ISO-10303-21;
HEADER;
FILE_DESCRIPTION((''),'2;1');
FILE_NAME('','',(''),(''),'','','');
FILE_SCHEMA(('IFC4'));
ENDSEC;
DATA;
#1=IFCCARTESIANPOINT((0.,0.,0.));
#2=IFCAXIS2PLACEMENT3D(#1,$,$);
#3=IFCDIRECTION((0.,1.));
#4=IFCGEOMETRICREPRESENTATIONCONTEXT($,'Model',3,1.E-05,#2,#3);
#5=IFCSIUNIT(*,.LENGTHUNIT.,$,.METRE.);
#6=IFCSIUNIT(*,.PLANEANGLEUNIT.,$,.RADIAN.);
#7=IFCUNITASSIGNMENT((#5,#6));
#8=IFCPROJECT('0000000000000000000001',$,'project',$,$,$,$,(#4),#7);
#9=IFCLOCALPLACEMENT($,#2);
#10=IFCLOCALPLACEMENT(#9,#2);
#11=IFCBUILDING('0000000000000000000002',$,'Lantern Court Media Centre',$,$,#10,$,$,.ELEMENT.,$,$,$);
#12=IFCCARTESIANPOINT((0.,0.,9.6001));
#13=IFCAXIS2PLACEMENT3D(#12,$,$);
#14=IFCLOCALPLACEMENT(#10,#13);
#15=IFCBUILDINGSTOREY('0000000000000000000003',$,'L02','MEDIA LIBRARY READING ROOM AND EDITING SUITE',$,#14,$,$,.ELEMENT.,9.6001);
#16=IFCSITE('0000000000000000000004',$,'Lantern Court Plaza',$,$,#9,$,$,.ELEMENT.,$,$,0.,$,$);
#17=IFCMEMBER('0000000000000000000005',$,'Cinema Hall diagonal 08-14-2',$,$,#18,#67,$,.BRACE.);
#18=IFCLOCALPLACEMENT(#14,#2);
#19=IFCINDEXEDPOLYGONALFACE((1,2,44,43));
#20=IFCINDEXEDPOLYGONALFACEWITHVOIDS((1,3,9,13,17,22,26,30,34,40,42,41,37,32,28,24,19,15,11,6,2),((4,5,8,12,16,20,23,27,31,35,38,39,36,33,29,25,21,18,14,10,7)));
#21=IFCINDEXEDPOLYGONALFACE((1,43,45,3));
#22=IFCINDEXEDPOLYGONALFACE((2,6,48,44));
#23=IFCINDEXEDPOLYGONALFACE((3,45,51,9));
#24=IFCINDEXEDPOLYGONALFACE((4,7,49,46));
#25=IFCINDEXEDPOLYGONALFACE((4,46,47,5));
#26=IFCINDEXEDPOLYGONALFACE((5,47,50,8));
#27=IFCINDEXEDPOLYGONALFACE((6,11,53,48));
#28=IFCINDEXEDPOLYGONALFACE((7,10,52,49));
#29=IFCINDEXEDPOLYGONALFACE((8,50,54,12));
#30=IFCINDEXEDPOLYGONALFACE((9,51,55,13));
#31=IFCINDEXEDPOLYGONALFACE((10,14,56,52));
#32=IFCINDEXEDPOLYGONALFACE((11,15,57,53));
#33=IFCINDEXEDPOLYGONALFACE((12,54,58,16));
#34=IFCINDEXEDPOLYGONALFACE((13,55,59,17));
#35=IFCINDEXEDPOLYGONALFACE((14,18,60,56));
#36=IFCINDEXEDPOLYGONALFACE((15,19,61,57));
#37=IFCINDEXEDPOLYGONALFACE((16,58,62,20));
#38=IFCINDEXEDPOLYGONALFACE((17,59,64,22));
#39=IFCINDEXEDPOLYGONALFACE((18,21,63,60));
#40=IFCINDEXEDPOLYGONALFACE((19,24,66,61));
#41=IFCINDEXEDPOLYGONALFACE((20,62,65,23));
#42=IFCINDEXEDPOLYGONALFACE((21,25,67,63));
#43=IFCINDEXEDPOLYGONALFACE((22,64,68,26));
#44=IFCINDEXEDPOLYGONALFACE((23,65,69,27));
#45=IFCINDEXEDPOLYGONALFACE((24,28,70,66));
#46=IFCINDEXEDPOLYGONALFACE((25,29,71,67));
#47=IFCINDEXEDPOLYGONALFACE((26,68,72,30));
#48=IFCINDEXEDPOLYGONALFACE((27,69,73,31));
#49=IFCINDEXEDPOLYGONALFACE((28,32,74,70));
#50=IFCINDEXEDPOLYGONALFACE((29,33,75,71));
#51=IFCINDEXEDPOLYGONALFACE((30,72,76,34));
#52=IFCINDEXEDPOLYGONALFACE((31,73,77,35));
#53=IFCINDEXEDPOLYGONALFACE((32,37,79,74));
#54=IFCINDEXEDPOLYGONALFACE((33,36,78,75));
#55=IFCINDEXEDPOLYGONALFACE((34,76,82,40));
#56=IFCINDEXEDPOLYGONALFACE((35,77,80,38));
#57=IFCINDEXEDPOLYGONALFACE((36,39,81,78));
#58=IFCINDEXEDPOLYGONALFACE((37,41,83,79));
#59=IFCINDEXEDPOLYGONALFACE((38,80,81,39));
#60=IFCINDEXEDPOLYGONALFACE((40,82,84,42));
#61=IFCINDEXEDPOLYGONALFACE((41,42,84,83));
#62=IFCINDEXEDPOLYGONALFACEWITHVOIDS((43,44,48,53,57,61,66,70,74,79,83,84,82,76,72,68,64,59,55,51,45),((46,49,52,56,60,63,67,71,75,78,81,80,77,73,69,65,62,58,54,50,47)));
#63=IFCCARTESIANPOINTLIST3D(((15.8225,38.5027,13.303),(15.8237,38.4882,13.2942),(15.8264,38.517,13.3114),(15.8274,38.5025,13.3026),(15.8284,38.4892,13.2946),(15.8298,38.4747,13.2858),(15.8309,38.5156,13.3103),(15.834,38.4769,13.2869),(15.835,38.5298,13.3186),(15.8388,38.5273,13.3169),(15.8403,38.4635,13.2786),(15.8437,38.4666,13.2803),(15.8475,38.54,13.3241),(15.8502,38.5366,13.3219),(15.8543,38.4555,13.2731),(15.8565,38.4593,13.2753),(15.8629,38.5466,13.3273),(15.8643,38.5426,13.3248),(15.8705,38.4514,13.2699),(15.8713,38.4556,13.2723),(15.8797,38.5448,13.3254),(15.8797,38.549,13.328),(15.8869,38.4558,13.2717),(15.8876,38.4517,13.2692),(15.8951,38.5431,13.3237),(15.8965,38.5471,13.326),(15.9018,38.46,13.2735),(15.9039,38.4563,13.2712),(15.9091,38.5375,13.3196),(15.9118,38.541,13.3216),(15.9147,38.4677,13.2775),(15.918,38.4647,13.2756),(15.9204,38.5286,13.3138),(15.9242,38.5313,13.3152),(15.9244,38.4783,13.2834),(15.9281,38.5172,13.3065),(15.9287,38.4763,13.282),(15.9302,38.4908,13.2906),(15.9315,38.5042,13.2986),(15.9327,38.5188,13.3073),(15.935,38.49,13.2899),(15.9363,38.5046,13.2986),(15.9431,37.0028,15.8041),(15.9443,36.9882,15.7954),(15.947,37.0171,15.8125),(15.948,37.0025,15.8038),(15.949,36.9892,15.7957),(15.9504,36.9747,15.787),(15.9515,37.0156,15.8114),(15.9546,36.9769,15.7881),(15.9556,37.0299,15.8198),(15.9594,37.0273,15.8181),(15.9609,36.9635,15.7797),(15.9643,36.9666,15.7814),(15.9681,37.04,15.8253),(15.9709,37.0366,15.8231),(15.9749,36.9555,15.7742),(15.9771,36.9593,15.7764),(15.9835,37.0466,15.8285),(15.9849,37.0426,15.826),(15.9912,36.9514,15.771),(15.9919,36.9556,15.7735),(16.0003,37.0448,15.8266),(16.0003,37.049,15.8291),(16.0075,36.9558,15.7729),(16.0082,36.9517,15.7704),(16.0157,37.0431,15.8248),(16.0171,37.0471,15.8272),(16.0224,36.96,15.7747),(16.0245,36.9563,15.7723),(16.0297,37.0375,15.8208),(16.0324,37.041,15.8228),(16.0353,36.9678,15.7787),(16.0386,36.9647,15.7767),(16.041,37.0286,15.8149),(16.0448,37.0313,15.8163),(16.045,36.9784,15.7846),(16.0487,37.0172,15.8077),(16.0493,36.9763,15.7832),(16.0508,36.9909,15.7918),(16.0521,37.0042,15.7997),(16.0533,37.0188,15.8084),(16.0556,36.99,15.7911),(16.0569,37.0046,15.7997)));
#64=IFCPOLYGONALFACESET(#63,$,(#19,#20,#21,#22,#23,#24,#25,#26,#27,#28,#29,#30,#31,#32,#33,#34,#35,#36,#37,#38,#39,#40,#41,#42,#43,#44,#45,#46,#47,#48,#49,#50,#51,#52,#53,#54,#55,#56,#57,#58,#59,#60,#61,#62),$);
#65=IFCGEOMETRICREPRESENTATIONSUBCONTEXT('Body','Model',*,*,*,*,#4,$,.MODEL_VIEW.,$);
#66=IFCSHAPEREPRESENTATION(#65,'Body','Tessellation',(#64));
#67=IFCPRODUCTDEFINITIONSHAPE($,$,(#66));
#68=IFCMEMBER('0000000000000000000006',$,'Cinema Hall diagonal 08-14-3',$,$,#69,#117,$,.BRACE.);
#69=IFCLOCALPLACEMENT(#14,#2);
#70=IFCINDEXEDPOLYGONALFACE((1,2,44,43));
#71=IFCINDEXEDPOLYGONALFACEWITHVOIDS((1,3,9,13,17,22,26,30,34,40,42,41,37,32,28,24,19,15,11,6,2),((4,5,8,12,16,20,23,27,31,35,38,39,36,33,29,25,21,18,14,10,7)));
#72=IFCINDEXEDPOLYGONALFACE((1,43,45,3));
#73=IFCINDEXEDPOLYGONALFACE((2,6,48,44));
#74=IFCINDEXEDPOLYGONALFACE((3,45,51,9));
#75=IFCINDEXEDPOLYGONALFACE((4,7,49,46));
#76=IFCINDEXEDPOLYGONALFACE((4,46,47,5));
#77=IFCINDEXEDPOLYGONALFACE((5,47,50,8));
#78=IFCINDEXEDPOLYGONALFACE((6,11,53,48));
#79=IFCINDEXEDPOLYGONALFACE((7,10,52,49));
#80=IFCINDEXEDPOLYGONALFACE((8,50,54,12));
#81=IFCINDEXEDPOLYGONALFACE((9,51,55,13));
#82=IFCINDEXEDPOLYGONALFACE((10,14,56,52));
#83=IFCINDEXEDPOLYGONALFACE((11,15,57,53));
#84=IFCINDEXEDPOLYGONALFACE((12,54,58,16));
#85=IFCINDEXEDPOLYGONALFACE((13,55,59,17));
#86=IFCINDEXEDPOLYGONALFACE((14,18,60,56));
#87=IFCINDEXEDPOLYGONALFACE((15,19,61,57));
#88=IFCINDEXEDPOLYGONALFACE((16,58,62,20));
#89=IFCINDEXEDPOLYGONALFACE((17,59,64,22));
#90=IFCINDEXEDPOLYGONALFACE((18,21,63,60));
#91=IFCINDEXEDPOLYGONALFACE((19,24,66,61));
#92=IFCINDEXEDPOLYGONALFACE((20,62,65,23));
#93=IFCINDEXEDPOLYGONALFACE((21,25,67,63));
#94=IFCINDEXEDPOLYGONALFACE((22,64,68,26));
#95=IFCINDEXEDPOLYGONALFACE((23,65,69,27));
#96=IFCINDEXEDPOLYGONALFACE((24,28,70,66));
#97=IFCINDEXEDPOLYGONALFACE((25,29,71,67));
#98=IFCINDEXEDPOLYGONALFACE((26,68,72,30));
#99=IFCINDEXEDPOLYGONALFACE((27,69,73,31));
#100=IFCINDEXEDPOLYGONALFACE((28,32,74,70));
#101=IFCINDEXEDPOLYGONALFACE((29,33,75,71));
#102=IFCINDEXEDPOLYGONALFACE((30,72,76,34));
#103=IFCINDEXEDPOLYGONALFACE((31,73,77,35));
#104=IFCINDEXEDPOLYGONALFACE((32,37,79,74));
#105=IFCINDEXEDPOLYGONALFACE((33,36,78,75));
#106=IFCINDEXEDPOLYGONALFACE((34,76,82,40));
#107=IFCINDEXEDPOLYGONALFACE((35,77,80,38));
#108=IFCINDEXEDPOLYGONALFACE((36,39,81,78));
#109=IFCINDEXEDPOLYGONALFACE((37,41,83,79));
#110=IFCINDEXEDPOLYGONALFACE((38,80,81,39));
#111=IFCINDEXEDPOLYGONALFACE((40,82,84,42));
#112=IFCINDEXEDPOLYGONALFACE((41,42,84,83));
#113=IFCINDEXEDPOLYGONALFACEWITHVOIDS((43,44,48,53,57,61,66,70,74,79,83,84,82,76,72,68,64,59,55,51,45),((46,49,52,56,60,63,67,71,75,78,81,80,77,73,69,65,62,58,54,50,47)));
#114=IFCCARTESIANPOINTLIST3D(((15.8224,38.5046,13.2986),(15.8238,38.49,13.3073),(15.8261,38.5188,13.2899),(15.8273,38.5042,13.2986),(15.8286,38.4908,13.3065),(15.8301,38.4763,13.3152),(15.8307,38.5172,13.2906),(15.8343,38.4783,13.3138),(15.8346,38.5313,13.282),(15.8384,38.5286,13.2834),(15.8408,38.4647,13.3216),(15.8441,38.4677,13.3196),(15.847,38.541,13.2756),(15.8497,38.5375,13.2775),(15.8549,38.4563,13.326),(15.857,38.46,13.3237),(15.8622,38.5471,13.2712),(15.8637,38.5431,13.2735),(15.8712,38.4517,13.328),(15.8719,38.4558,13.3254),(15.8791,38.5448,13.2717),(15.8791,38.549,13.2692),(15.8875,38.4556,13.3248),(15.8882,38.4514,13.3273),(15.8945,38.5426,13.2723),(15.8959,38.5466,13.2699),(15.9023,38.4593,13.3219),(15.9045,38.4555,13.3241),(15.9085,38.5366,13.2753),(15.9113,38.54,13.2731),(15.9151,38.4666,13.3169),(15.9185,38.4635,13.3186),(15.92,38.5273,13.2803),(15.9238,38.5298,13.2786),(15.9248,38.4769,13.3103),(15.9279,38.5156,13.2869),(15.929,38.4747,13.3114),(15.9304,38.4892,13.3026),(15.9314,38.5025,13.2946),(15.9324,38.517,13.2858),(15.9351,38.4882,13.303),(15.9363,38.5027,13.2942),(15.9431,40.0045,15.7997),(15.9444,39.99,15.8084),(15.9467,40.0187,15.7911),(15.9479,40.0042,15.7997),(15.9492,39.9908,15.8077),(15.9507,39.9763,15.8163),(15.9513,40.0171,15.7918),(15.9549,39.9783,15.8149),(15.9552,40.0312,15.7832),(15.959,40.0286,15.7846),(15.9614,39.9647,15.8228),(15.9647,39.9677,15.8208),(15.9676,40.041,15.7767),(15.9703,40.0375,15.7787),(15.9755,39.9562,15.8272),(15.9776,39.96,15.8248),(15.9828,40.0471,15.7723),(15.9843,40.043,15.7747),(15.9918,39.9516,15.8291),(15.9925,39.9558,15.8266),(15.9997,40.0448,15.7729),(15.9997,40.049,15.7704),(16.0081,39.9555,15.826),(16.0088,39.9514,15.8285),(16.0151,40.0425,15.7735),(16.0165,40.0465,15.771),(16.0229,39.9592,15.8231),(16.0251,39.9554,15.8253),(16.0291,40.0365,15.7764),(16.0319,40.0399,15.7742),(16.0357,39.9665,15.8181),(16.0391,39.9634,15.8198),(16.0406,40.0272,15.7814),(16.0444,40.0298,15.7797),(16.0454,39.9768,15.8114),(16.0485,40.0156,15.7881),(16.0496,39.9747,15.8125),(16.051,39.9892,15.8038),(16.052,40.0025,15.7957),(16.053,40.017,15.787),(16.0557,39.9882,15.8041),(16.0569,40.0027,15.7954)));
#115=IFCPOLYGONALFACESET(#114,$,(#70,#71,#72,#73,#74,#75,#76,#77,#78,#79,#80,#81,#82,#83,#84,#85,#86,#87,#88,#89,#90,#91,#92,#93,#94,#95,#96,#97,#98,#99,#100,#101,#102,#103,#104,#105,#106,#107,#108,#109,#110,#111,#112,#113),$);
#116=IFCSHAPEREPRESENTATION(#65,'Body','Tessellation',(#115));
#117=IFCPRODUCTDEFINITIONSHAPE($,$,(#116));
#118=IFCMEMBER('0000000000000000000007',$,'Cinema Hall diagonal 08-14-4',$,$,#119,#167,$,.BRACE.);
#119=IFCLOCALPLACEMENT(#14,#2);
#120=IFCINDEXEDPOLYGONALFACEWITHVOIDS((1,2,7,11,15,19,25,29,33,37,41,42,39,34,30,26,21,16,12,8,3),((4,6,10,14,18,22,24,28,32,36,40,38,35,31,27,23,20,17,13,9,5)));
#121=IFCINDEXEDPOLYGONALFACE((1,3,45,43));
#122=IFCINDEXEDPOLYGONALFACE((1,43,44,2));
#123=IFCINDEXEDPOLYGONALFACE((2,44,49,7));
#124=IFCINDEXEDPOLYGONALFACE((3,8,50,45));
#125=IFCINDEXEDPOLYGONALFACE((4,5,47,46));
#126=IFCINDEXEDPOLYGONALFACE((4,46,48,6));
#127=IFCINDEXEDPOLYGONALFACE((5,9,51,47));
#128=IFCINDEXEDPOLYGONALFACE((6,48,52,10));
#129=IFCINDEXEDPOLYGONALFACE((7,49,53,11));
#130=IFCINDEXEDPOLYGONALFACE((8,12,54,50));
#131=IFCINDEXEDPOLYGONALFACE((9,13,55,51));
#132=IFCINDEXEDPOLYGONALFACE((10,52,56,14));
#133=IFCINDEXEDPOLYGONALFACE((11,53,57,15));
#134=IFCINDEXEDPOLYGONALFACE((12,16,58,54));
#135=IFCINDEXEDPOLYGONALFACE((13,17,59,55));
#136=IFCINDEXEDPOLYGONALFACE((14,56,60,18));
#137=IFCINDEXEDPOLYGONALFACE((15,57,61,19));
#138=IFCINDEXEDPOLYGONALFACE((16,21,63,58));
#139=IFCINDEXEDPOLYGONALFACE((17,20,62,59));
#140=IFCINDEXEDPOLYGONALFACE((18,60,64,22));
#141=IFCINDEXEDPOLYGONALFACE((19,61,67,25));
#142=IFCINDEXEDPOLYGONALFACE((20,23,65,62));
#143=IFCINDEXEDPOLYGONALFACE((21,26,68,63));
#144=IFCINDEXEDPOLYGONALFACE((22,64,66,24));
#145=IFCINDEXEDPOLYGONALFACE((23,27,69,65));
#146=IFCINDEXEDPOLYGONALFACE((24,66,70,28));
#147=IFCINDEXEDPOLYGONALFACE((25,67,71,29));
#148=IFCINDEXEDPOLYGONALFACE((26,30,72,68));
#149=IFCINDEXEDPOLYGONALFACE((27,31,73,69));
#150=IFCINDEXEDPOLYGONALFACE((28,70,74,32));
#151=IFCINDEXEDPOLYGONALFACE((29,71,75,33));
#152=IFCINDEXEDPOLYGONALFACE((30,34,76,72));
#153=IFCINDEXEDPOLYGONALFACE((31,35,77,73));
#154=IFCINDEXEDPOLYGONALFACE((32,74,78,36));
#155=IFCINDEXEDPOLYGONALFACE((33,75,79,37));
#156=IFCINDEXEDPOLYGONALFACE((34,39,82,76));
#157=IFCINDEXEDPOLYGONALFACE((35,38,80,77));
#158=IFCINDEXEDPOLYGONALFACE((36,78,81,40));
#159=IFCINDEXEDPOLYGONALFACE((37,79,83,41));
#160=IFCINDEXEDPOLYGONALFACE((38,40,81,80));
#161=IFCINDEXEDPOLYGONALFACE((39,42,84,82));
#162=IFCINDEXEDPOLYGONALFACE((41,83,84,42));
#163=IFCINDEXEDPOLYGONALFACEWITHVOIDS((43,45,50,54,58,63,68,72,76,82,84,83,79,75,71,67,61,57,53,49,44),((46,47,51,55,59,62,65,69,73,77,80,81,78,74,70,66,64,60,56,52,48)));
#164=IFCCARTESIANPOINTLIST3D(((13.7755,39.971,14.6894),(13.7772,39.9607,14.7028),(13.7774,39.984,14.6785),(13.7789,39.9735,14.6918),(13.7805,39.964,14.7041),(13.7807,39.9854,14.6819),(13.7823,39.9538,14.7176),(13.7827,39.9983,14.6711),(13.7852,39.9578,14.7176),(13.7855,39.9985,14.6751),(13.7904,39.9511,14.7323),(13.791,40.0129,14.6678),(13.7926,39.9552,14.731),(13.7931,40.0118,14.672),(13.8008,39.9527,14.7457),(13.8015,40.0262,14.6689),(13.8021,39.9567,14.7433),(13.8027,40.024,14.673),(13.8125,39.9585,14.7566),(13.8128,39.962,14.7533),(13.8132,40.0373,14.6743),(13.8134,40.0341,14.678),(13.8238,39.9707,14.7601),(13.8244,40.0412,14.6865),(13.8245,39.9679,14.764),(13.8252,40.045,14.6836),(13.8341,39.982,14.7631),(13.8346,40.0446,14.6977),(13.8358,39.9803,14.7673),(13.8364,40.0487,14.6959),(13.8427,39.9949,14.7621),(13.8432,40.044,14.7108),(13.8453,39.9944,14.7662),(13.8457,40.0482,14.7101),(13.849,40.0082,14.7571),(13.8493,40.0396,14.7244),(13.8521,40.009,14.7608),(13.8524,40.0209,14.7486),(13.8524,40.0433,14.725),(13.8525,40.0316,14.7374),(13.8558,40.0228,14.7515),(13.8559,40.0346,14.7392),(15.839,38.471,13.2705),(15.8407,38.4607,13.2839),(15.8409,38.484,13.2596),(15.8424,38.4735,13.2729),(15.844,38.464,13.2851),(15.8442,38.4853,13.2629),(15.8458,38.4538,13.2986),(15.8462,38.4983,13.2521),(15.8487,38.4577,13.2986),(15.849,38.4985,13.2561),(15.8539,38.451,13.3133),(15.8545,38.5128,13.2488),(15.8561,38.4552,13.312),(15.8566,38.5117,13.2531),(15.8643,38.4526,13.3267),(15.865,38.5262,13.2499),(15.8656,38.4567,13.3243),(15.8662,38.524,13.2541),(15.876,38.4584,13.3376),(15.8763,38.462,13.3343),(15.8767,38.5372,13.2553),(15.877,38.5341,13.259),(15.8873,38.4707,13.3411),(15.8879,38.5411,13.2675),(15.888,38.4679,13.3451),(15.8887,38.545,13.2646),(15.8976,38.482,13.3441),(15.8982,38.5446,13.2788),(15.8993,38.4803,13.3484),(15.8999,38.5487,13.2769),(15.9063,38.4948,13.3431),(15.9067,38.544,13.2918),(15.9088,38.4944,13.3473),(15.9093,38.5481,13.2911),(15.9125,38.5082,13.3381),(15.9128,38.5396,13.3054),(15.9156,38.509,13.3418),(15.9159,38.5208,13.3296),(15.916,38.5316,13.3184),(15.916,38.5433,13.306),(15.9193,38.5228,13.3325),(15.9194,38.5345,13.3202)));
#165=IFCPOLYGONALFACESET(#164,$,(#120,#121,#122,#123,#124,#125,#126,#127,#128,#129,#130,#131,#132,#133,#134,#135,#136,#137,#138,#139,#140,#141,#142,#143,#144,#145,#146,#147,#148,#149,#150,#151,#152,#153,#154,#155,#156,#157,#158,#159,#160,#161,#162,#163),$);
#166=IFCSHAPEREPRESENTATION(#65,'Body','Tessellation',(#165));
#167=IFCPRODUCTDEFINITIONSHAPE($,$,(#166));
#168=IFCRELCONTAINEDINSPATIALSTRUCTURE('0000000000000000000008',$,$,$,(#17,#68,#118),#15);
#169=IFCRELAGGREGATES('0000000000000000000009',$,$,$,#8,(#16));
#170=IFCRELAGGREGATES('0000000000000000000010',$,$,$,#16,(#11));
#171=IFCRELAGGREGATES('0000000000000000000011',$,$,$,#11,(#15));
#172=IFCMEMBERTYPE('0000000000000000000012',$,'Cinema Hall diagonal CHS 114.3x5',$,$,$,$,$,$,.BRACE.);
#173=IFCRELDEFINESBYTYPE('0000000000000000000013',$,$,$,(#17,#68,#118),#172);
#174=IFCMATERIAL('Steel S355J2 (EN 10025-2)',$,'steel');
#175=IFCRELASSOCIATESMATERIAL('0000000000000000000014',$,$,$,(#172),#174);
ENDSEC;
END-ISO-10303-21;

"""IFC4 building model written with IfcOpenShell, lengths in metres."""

from ifc_helpers import new_model, si_unit, direction, frame, origin, origin_2d, place, context, subcontext, project, spatial, hollow_circle, extrude, material, material_profile, profile_set, type_object, element, save


model = new_model("IFC4")

# Units and contexts
model_context = context("Model", 3, precision=1e-05, world=origin(), true_north=direction((0.0, 1.0)))
body_context = subcontext(model_context, "Body", "Model", "MODEL_VIEW")
ifc_project = project(units=[si_unit("LENGTHUNIT", "METRE"), si_unit("PLANEANGLEUNIT", "RADIAN")], contexts=[model_context])

# Site, building, storey
site_placement = place(None, origin())
site = spatial("IfcSite", under=ifc_project, at=site_placement, Name="Lantern Court Plaza", CompositionType="ELEMENT", RefElevation=0.0)
building_placement = place(site_placement, origin())
building = spatial("IfcBuilding", under=site, at=building_placement, Name="Lantern Court Media Centre", CompositionType="ELEMENT")
storey_placement = place(building_placement, frame((0.0, 0.0, 9.6001)))
storey = spatial("IfcBuildingStorey", under=building, at=storey_placement, Name="L02", Description="MEDIA LIBRARY READING ROOM AND EDITING SUITE", CompositionType="ELEMENT", Elevation=9.6001)

# Members
ifc_material = material(Name="Steel S355J2 (EN 10025-2)", Category="steel")
ifc_material_profile_1 = material_profile(ifc_material, hollow_circle(Radius=0.0571, WallThickness=0.0049, at=origin_2d()), Name="Cinema Hall diagonal CHS 114.3x5")
ifc_profile_set_1 = profile_set([ifc_material_profile_1], Name="Steel S355J2 (EN 10025-2)")
member_type_1 = type_object("IfcMemberType", Name="Cinema Hall diagonal CHS 114.3x5", PredefinedType="BRACE", material=ifc_profile_set_1)
for number, where, z_axis, x_axis, name in (
    (1, (15.8794, 38.5, 13.2986), (0.041317, -0.513872, 0.856871), (0.996783, 0.080145, 0.0), "Cinema Hall diagonal 08-14-2"),
    (2, (15.8794, 38.5, 13.2986), (0.041317, 0.513872, 0.856871), (-0.996783, 0.080145, 0.0), "Cinema Hall diagonal 08-14-3"),
):
    element("IfcMember", number, at=place(storey_placement, frame(where, z_axis=z_axis, x_axis=x_axis)), inside=storey, type_object=member_type_1, Name=name, PredefinedType="BRACE", context=body_context, shape_type="SweptSolid", body=[
        extrude(hollow_circle(Radius=0.0571, WallThickness=0.0049, at=origin_2d()), origin(), (0.0, 0.0, 1.0), 2.9189),
    ])
member_1_placement = place(storey_placement, frame((15.8794, 38.5, 13.2986), z_axis=(-0.70688, 0.513851, 0.486084), x_axis=(-0.58799, -0.808868, 0.0)))
element("IfcMember", 3, at=member_1_placement, inside=storey, type_object=member_type_1, Name="Cinema Hall diagonal 08-14-4", PredefinedType="BRACE", context=body_context, shape_type="SweptSolid", body=[
    extrude(hollow_circle(Radius=0.0571, WallThickness=0.0049, at=origin_2d()), origin(), (0.0, 0.0, 1.0), 2.9192),
])

save(model, "model.ifc")
